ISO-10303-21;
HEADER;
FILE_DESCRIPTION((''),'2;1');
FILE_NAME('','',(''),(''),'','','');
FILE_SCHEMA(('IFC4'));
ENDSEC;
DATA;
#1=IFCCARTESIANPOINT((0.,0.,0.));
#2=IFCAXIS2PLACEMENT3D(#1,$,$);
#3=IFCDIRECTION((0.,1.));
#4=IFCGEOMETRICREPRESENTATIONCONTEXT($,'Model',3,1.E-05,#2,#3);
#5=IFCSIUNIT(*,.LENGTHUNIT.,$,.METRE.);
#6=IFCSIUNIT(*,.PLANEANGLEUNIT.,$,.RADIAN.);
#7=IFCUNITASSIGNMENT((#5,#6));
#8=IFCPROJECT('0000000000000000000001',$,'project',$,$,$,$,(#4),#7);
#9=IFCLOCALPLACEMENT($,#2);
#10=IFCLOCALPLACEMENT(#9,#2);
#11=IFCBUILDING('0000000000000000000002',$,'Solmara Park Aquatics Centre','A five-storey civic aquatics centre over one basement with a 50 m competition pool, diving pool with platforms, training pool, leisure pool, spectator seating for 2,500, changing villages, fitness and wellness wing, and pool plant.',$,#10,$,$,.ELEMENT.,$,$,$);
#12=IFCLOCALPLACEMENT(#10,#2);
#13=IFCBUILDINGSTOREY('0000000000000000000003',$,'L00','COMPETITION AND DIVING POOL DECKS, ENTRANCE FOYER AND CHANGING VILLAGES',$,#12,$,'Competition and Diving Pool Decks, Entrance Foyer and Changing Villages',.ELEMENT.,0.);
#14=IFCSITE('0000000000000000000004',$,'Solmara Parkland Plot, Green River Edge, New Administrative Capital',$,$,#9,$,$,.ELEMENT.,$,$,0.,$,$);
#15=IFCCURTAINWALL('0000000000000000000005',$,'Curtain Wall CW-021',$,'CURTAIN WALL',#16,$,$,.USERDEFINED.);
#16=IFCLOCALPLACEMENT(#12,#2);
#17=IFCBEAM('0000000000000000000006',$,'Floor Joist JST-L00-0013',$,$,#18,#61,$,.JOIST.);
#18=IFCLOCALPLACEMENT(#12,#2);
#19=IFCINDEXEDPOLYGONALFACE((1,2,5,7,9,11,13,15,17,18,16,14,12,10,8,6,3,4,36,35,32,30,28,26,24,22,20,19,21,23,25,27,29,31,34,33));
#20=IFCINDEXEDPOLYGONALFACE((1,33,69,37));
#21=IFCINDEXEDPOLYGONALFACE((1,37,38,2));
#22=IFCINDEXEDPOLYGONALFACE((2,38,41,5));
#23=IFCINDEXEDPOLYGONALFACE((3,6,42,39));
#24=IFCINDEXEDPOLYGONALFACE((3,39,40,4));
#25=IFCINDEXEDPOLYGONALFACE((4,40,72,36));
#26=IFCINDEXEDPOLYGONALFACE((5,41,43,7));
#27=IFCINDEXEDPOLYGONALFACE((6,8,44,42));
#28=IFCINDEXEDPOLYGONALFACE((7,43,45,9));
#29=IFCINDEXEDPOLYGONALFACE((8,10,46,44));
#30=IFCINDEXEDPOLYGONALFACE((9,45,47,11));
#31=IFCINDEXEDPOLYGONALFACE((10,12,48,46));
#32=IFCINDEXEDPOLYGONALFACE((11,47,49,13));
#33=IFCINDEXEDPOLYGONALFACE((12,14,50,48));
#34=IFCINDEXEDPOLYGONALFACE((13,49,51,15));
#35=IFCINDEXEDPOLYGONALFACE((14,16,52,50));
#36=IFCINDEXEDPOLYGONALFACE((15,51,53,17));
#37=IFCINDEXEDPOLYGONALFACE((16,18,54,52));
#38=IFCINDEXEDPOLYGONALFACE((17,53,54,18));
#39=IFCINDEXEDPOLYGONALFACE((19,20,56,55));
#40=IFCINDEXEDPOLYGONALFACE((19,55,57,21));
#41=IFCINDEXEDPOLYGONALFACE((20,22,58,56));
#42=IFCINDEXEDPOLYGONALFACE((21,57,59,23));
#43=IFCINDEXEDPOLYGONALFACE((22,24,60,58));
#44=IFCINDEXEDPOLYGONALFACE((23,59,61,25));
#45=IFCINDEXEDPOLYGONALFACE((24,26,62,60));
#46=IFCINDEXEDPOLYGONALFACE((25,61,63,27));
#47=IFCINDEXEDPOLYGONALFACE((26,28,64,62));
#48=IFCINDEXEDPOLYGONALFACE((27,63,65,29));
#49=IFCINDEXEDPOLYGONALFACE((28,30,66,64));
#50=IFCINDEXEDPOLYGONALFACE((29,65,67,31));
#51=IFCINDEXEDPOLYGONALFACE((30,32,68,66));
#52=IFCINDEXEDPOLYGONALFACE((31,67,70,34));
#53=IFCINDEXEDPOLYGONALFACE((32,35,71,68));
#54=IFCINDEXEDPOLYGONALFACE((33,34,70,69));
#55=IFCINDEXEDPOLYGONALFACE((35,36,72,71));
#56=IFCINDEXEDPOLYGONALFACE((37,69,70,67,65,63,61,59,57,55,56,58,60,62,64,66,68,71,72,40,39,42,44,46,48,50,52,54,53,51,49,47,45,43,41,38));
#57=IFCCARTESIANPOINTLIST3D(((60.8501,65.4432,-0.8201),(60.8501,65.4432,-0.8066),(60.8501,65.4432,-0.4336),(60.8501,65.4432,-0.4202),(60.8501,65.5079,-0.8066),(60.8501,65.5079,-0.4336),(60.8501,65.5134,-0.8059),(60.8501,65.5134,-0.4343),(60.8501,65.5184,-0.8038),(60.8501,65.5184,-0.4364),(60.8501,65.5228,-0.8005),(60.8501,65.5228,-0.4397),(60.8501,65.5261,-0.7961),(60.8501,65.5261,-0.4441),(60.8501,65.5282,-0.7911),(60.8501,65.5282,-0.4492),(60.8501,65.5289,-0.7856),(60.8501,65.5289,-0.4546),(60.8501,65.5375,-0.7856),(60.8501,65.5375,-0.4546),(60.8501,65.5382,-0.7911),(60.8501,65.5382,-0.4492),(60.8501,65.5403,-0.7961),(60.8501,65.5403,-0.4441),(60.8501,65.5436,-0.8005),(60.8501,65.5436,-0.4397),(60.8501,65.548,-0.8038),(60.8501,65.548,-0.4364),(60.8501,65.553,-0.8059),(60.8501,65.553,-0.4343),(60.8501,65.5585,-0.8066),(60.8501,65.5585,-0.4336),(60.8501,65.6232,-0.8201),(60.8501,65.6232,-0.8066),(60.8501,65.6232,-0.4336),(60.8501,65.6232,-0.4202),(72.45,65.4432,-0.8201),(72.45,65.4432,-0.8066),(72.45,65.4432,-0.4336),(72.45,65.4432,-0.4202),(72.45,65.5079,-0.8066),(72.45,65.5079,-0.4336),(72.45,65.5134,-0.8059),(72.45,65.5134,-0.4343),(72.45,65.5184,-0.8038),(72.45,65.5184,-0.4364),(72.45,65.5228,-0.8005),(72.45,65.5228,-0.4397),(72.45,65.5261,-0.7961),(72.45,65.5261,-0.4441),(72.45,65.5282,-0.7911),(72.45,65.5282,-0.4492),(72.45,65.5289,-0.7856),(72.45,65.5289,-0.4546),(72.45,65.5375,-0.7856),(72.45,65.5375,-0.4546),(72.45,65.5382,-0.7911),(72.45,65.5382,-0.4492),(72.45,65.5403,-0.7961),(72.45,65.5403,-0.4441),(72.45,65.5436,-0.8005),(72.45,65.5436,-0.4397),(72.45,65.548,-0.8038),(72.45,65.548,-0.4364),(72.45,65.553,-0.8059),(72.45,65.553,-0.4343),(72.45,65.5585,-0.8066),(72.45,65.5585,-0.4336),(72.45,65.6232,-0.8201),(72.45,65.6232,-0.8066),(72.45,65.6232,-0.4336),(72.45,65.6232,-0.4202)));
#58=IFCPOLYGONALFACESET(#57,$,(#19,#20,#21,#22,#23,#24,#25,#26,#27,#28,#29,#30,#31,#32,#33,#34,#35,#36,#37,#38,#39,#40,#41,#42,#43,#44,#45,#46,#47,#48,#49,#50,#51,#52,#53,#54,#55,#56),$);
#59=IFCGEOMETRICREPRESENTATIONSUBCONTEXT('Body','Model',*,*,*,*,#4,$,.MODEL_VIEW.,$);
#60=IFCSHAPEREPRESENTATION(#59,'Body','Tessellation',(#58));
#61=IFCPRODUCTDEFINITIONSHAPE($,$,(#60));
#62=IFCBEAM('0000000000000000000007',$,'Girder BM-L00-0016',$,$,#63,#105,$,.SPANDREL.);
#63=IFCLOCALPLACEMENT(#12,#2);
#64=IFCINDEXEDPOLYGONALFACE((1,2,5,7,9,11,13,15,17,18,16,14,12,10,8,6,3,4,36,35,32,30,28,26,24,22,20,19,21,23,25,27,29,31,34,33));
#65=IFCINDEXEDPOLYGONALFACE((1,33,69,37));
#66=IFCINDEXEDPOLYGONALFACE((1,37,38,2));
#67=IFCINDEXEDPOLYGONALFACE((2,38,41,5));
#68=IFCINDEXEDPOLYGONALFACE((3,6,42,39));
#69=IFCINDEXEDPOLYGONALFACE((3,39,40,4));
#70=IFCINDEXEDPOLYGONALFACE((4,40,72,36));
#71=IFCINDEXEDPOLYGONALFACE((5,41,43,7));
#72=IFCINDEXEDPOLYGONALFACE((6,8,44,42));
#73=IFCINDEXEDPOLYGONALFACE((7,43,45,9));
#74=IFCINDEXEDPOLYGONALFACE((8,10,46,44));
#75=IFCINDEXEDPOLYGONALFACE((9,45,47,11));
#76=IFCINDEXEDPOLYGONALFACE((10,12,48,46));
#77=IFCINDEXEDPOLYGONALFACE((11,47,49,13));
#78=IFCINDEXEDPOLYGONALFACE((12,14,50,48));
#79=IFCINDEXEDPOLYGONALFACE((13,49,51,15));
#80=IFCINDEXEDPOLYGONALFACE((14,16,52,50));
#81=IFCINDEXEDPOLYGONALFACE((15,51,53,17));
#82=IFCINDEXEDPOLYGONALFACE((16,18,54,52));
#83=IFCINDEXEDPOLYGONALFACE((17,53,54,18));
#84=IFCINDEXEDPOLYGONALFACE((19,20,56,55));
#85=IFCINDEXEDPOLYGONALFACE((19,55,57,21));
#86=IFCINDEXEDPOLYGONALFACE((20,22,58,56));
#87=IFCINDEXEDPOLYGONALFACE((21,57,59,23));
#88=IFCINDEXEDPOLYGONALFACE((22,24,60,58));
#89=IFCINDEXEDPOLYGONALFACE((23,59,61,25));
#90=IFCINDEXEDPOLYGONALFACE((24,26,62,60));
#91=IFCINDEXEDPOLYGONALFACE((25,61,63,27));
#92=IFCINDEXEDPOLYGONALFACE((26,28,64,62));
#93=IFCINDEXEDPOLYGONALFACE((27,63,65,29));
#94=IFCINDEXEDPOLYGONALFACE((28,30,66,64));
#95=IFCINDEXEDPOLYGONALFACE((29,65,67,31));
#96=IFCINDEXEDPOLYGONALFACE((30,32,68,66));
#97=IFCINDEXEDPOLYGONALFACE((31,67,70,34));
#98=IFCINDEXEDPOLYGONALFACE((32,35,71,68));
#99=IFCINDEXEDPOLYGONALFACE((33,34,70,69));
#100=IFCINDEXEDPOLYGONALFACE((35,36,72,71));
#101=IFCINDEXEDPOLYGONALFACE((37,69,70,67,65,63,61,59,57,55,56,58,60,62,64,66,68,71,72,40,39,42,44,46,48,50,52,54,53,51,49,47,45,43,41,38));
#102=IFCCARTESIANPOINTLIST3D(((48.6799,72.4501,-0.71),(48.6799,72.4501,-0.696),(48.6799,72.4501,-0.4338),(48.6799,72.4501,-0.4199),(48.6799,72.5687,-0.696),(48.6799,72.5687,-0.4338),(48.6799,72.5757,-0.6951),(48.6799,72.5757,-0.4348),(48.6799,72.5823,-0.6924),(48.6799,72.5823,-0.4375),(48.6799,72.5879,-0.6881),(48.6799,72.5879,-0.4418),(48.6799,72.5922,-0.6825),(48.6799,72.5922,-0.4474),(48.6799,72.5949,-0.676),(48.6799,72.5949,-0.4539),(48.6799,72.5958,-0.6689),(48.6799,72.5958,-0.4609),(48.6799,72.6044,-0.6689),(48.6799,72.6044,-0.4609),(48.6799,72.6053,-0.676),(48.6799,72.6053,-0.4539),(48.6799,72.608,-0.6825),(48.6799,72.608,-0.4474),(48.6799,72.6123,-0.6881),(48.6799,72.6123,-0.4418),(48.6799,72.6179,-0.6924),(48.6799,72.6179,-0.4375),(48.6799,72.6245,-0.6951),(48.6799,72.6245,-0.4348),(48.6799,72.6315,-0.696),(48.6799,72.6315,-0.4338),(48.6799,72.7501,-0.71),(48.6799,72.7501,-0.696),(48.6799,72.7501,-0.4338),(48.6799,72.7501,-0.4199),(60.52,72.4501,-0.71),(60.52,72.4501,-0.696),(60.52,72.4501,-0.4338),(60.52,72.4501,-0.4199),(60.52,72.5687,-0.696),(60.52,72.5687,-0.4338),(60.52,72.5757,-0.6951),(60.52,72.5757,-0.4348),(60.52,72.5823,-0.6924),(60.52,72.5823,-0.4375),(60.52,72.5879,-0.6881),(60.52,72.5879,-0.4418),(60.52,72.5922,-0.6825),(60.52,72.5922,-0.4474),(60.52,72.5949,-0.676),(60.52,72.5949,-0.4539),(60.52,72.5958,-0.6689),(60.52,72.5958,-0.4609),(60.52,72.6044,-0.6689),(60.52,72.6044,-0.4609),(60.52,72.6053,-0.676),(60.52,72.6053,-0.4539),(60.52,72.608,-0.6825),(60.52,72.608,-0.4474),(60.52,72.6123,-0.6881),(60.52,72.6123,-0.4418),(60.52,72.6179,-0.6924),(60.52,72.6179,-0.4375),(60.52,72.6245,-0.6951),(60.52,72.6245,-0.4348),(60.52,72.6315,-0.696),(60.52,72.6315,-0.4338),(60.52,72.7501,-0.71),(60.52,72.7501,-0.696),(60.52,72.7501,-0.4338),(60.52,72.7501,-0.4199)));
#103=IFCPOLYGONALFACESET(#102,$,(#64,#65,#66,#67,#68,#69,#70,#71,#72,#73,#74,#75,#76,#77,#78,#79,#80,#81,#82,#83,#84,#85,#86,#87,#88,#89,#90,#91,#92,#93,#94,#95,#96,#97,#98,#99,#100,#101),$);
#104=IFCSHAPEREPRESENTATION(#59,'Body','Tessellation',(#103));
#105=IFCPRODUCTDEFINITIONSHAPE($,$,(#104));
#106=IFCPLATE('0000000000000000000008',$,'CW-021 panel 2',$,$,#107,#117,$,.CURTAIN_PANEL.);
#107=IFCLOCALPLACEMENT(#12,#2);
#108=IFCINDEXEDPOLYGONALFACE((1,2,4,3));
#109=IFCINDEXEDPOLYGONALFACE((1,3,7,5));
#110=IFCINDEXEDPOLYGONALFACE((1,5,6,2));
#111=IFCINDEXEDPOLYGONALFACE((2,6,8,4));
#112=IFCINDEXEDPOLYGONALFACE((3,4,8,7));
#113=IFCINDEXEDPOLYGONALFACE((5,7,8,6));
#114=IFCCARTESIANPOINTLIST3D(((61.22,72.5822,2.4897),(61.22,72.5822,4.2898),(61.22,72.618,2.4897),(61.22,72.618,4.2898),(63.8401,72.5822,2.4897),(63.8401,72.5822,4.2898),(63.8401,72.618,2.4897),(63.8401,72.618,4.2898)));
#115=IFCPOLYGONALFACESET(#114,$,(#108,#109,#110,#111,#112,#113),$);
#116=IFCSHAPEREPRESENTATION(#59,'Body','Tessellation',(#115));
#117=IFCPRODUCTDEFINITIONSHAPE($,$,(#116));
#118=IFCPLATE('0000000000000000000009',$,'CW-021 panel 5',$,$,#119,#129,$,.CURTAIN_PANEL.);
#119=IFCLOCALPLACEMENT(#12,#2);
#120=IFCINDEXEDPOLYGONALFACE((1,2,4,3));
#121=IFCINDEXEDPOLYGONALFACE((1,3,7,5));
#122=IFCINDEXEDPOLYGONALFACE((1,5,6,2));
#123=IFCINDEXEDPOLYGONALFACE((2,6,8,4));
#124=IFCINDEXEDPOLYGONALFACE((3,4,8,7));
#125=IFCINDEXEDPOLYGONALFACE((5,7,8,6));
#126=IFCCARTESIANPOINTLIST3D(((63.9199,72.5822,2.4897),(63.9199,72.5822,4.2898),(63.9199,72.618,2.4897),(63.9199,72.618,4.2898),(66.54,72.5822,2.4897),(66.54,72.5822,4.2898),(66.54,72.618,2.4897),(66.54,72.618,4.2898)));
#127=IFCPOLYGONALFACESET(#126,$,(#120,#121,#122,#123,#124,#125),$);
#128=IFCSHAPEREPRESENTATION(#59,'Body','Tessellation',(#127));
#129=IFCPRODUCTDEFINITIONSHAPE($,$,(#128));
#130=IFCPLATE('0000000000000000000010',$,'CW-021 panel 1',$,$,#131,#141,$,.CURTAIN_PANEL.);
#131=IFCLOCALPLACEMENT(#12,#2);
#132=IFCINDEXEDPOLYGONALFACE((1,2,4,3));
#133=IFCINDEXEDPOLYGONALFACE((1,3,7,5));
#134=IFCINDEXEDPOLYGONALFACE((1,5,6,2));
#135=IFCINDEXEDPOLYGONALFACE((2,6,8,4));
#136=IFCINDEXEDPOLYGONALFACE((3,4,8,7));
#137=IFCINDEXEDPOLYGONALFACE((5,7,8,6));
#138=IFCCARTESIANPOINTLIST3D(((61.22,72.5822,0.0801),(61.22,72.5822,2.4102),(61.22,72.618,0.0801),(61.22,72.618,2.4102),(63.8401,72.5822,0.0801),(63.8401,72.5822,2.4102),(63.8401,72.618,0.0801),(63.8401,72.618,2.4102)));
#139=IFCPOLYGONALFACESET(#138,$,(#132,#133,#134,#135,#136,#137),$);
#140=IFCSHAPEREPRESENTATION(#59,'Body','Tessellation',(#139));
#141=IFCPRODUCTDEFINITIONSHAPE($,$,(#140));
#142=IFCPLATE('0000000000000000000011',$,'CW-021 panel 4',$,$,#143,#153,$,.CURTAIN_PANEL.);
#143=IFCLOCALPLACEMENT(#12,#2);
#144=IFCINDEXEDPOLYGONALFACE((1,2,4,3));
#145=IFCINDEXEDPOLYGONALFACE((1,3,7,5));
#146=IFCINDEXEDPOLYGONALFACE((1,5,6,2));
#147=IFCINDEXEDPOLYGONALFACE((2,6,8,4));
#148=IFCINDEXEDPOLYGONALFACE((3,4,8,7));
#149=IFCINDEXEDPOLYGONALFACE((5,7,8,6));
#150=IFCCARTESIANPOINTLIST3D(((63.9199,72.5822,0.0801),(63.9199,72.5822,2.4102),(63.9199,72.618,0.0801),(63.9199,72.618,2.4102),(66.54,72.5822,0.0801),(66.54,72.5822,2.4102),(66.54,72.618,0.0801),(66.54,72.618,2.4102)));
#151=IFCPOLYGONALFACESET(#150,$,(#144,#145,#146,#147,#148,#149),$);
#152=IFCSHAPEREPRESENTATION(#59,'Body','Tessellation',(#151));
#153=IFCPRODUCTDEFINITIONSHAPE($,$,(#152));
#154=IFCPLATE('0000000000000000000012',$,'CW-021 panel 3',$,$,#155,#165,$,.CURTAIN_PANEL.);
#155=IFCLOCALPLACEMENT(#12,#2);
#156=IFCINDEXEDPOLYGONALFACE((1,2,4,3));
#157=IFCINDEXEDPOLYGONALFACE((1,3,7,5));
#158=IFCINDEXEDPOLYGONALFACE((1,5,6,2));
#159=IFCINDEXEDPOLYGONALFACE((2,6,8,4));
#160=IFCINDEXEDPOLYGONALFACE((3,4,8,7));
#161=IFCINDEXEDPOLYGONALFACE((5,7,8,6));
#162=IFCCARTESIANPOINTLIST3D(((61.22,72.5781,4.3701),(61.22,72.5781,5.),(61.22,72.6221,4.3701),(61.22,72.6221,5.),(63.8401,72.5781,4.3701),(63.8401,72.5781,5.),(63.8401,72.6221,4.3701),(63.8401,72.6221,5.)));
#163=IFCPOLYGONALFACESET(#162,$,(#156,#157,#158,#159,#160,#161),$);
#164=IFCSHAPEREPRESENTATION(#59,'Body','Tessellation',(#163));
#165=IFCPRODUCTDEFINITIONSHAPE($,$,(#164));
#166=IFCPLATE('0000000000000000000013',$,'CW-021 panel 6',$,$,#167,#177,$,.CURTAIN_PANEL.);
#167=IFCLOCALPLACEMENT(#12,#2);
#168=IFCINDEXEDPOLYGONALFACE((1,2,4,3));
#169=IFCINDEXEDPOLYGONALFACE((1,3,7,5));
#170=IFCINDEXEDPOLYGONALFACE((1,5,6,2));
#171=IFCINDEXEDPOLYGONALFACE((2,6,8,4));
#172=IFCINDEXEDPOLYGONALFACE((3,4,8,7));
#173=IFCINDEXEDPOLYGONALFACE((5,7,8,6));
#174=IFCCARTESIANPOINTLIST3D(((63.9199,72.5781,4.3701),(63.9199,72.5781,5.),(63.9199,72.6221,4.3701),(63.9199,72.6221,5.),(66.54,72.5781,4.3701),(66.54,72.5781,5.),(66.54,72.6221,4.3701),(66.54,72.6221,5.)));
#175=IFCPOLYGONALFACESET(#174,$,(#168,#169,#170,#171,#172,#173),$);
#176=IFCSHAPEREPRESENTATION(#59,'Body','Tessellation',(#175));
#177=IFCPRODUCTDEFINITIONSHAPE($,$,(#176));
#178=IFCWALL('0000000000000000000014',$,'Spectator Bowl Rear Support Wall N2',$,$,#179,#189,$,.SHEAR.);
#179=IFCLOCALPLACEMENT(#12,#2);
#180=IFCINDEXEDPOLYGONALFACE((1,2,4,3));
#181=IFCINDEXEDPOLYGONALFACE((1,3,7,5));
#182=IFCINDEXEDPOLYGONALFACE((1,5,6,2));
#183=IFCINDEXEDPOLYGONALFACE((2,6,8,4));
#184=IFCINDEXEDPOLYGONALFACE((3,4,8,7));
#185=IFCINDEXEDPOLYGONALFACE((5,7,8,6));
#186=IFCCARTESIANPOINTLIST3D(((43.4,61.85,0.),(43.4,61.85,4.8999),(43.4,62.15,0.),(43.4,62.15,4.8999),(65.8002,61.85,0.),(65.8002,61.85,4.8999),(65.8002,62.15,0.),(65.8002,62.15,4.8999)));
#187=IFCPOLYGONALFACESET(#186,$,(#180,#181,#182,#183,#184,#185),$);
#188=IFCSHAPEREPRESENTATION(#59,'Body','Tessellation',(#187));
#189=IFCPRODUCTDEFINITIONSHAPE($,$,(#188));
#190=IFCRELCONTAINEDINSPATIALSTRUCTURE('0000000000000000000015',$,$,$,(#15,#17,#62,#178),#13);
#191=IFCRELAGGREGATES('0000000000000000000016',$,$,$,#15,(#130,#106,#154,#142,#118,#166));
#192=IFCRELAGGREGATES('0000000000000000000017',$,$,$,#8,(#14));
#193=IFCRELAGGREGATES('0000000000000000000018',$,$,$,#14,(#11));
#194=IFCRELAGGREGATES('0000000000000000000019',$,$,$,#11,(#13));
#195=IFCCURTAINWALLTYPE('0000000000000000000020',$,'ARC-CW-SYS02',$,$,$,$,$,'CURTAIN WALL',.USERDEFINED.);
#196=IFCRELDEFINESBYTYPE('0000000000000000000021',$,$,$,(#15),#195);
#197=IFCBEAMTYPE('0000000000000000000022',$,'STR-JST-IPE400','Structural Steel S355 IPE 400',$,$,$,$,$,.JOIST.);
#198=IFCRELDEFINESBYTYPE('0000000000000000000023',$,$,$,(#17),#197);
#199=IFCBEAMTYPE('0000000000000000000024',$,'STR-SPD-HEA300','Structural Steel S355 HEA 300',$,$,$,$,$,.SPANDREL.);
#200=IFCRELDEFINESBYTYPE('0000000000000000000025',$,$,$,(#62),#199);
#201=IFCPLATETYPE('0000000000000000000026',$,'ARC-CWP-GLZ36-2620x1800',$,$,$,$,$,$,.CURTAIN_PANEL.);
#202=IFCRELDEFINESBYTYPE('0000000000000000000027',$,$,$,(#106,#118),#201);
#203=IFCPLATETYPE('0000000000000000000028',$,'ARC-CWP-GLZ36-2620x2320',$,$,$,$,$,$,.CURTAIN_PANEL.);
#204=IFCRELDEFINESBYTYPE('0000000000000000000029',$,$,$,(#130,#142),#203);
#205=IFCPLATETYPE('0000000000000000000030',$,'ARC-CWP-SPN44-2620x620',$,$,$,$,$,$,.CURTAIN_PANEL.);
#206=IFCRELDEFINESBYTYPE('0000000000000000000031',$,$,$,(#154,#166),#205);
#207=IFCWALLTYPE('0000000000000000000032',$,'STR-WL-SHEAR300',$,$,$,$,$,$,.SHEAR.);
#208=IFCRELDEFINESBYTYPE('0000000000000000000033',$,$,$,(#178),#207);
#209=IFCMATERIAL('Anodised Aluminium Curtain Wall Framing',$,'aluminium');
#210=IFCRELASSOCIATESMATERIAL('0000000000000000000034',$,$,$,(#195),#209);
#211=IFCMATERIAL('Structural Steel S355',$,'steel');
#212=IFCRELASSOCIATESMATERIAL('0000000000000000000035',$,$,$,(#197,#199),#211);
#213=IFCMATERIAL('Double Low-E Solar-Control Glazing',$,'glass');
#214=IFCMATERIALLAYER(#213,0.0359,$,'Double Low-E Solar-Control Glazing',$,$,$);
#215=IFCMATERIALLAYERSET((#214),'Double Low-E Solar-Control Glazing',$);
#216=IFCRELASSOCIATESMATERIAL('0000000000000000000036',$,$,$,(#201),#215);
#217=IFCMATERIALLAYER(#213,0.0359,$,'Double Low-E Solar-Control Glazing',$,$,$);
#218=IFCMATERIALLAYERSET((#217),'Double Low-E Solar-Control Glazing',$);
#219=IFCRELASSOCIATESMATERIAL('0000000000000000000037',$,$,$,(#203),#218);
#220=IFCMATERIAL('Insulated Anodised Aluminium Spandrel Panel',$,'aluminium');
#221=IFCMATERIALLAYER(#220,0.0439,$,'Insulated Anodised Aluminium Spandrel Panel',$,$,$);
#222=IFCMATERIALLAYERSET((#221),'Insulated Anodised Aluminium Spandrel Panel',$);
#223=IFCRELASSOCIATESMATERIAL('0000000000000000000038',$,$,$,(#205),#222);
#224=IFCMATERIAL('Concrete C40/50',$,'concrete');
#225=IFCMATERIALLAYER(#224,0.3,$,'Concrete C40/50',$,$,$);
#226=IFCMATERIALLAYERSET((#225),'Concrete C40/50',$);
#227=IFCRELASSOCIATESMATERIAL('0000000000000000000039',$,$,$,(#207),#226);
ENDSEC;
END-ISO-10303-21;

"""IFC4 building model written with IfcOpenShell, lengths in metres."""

from ifc_helpers import new_model, si_unit, direction, frame, frame_2d, origin, origin_2d, place, context, subcontext, project, spatial, rectangle, i_section, extrude, material, layer, layer_set, material_profile, profile_set, type_object, element, aggregate, save


model = new_model("IFC4")

# Units and contexts
model_context = context("Model", 3, precision=1e-05, world=origin(), true_north=direction((0.0, 1.0)))
body_context = subcontext(model_context, "Body", "Model", "MODEL_VIEW")
ifc_project = project(units=[si_unit("LENGTHUNIT", "METRE"), si_unit("PLANEANGLEUNIT", "RADIAN")], contexts=[model_context])

# Site, building, storey
site_placement = place(None, origin())
site = spatial("IfcSite", under=ifc_project, at=site_placement, Name="Solmara Parkland Plot, Green River Edge, New Administrative Capital", CompositionType="ELEMENT", RefElevation=0.0)
building_placement = place(site_placement, origin())
building = spatial("IfcBuilding", under=site, at=building_placement, Name="Solmara Park Aquatics Centre", Description="A five-storey civic aquatics centre over one basement with a 50 m competition pool, diving pool with platforms, training pool, leisure pool, spectator seating for 2,500, changing villages, fitness and wellness wing, and pool plant.", CompositionType="ELEMENT")
storey_placement = place(building_placement, origin())
storey = spatial("IfcBuildingStorey", under=building, at=storey_placement, Name="L00", Description="COMPETITION AND DIVING POOL DECKS, ENTRANCE FOYER AND CHANGING VILLAGES", LongName="Competition and Diving Pool Decks, Entrance Foyer and Changing Villages", CompositionType="ELEMENT", Elevation=0.0)

# Shared definitions
ifc_material_1 = material(Name="Structural Steel S355", Category="steel")

# Curtain wall
ifc_material_2 = material(Name="Anodised Aluminium Curtain Wall Framing", Category="aluminium")
curtain_wall_type = type_object("IfcCurtainWallType", Name="ARC-CW-SYS02", ElementType="CURTAIN WALL", PredefinedType="USERDEFINED", material=ifc_material_2)
curtain_wall_placement = place(storey_placement, origin())
curtain_wall = element("IfcCurtainWall", 1, at=curtain_wall_placement, inside=storey, type_object=curtain_wall_type, Name="Curtain Wall CW-021", ObjectType="CURTAIN WALL", PredefinedType="USERDEFINED")

# Beams
ifc_material_3 = material(Name="Concrete C40/50", Category="concrete")
ifc_material_profile_1 = material_profile(ifc_material_1, i_section(OverallWidth=0.1799, OverallDepth=0.3999, WebThickness=0.0085, FlangeThickness=0.0134, FilletRadius=0.021, at=origin_2d()), Name="IPE 400")
ifc_profile_set_1 = profile_set([ifc_material_profile_1], Name="Structural Steel S355")
beam_type_1 = type_object("IfcBeamType", Name="STR-JST-IPE400", Description="Structural Steel S355 IPE 400", PredefinedType="JOIST", material=ifc_profile_set_1)
beam_1_placement = place(storey_placement, frame((60.8501, 65.5332, -0.6201), z_axis=(1.0, 0.0, 0.0), x_axis=(0.0, 1.0, 0.0)))
element("IfcBeam", 2, at=beam_1_placement, inside=storey, type_object=beam_type_1, Name="Floor Joist JST-L00-0013", PredefinedType="JOIST", context=body_context, shape_type="SweptSolid", body=[
    extrude(i_section(OverallWidth=0.1799, OverallDepth=0.3999, WebThickness=0.0085, FlangeThickness=0.0134, FilletRadius=0.021, at=origin_2d()), origin(), (0.0, 0.0, 1.0), 11.5999),
])
ifc_material_profile_2 = material_profile(ifc_material_1, i_section(OverallWidth=0.3, OverallDepth=0.29, WebThickness=0.0085, FlangeThickness=0.0139, FilletRadius=0.0271, at=origin_2d()), Name="HEA 300")
ifc_profile_set_2 = profile_set([ifc_material_profile_2], Name="Structural Steel S355")
beam_type_2 = type_object("IfcBeamType", Name="STR-SPD-HEA300", Description="Structural Steel S355 HEA 300", PredefinedType="SPANDREL", material=ifc_profile_set_2)
beam_2_placement = place(storey_placement, frame((48.6799, 72.6001, -0.5649), z_axis=(1.0, 0.0, 0.0), x_axis=(0.0, 1.0, 0.0)))
element("IfcBeam", 3, at=beam_2_placement, inside=storey, type_object=beam_type_2, Name="Girder BM-L00-0016", PredefinedType="SPANDREL", context=body_context, shape_type="SweptSolid", body=[
    extrude(i_section(OverallWidth=0.3, OverallDepth=0.29, WebThickness=0.0085, FlangeThickness=0.0139, FilletRadius=0.0271, at=origin_2d()), origin(), (0.0, 0.0, 1.0), 11.8401),
])

# Plates
ifc_material_4 = material(Name="Double Low-E Solar-Control Glazing", Category="glass")
ifc_layer_1 = layer(ifc_material_4, 0.0359, Name="Double Low-E Solar-Control Glazing")
ifc_layer_set_1 = layer_set([ifc_layer_1], Name="Double Low-E Solar-Control Glazing")
plate_type_1 = type_object("IfcPlateType", Name="ARC-CWP-GLZ36-2620x1800", PredefinedType="CURTAIN_PANEL", material=ifc_layer_set_1)
plate_1_placement = place(storey_placement, frame((62.53, 72.6001, 2.4897), z_axis=(0.0, 0.0, 1.0), x_axis=(1.0, 0.0, 0.0)))
plate_1 = element("IfcPlate", 4, at=plate_1_placement, type_object=plate_type_1, Name="CW-021 panel 2", PredefinedType="CURTAIN_PANEL", context=body_context, shape_type="SweptSolid", body=[
    extrude(rectangle(XDim=2.6201, YDim=0.0359, at=origin_2d()), origin(), (0.0, 0.0, 1.0), 1.8),
])
plate_2_placement = place(storey_placement, frame((65.23, 72.6001, 2.4897), z_axis=(0.0, 0.0, 1.0), x_axis=(1.0, 0.0, 0.0)))
plate_2 = element("IfcPlate", 5, at=plate_2_placement, type_object=plate_type_1, Name="CW-021 panel 5", PredefinedType="CURTAIN_PANEL", context=body_context, shape_type="SweptSolid", body=[
    extrude(rectangle(XDim=2.6201, YDim=0.0359, at=origin_2d()), origin(), (0.0, 0.0, 1.0), 1.8),
])
ifc_layer_2 = layer(ifc_material_4, 0.0359, Name="Double Low-E Solar-Control Glazing")
ifc_layer_set_2 = layer_set([ifc_layer_2], Name="Double Low-E Solar-Control Glazing")
plate_type_2 = type_object("IfcPlateType", Name="ARC-CWP-GLZ36-2620x2320", PredefinedType="CURTAIN_PANEL", material=ifc_layer_set_2)
plate_3_placement = place(storey_placement, frame((62.53, 72.6001, 0.0801), z_axis=(0.0, 0.0, 1.0), x_axis=(1.0, 0.0, 0.0)))
plate_3 = element("IfcPlate", 6, at=plate_3_placement, type_object=plate_type_2, Name="CW-021 panel 1", PredefinedType="CURTAIN_PANEL", context=body_context, shape_type="SweptSolid", body=[
    extrude(rectangle(XDim=2.6201, YDim=0.0359, at=origin_2d()), origin(), (0.0, 0.0, 1.0), 2.3301),
])
plate_4_placement = place(storey_placement, frame((65.23, 72.6001, 0.0801), z_axis=(0.0, 0.0, 1.0), x_axis=(1.0, 0.0, 0.0)))
plate_4 = element("IfcPlate", 7, at=plate_4_placement, type_object=plate_type_2, Name="CW-021 panel 4", PredefinedType="CURTAIN_PANEL", context=body_context, shape_type="SweptSolid", body=[
    extrude(rectangle(XDim=2.6201, YDim=0.0359, at=origin_2d()), origin(), (0.0, 0.0, 1.0), 2.3301),
])
ifc_material_5 = material(Name="Insulated Anodised Aluminium Spandrel Panel", Category="aluminium")
ifc_layer_3 = layer(ifc_material_5, 0.0439, Name="Insulated Anodised Aluminium Spandrel Panel")
ifc_layer_set_3 = layer_set([ifc_layer_3], Name="Insulated Anodised Aluminium Spandrel Panel")
plate_type_3 = type_object("IfcPlateType", Name="ARC-CWP-SPN44-2620x620", PredefinedType="CURTAIN_PANEL", material=ifc_layer_set_3)
plate_5_placement = place(storey_placement, frame((62.53, 72.6001, 4.3701), z_axis=(0.0, 0.0, 1.0), x_axis=(1.0, 0.0, 0.0)))
plate_5 = element("IfcPlate", 8, at=plate_5_placement, type_object=plate_type_3, Name="CW-021 panel 3", PredefinedType="CURTAIN_PANEL", context=body_context, shape_type="SweptSolid", body=[
    extrude(rectangle(XDim=2.6201, YDim=0.0439, at=origin_2d()), origin(), (0.0, 0.0, 1.0), 0.6299),
])
plate_6_placement = place(storey_placement, frame((65.23, 72.6001, 4.3701), z_axis=(0.0, 0.0, 1.0), x_axis=(1.0, 0.0, 0.0)))
plate_6 = element("IfcPlate", 9, at=plate_6_placement, type_object=plate_type_3, Name="CW-021 panel 6", PredefinedType="CURTAIN_PANEL", context=body_context, shape_type="SweptSolid", body=[
    extrude(rectangle(XDim=2.6201, YDim=0.0439, at=origin_2d()), origin(), (0.0, 0.0, 1.0), 0.6299),
])
aggregate(curtain_wall, [plate_3, plate_1, plate_5, plate_4, plate_2, plate_6])

# Wall
ifc_layer_4 = layer(ifc_material_3, 0.3, Name="Concrete C40/50")
ifc_layer_set_4 = layer_set([ifc_layer_4], Name="Concrete C40/50")
wall_type = type_object("IfcWallType", Name="STR-WL-SHEAR300", PredefinedType="SHEAR", material=ifc_layer_set_4)
wall_placement = place(storey_placement, frame((43.3999, 62.0, 0.0), z_axis=(0.0, 0.0, 1.0), x_axis=(1.0, 0.0, 0.0)))
element("IfcWall", 10, at=wall_placement, inside=storey, type_object=wall_type, Name="Spectator Bowl Rear Support Wall N2", PredefinedType="SHEAR", context=body_context, shape_type="SweptSolid", body=[
    extrude(rectangle(XDim=22.4001, YDim=0.3, at=frame_2d((11.2002, 0.0))), origin(), (0.0, 0.0, 1.0), 4.8999),
])

save(model, "model.ifc")
